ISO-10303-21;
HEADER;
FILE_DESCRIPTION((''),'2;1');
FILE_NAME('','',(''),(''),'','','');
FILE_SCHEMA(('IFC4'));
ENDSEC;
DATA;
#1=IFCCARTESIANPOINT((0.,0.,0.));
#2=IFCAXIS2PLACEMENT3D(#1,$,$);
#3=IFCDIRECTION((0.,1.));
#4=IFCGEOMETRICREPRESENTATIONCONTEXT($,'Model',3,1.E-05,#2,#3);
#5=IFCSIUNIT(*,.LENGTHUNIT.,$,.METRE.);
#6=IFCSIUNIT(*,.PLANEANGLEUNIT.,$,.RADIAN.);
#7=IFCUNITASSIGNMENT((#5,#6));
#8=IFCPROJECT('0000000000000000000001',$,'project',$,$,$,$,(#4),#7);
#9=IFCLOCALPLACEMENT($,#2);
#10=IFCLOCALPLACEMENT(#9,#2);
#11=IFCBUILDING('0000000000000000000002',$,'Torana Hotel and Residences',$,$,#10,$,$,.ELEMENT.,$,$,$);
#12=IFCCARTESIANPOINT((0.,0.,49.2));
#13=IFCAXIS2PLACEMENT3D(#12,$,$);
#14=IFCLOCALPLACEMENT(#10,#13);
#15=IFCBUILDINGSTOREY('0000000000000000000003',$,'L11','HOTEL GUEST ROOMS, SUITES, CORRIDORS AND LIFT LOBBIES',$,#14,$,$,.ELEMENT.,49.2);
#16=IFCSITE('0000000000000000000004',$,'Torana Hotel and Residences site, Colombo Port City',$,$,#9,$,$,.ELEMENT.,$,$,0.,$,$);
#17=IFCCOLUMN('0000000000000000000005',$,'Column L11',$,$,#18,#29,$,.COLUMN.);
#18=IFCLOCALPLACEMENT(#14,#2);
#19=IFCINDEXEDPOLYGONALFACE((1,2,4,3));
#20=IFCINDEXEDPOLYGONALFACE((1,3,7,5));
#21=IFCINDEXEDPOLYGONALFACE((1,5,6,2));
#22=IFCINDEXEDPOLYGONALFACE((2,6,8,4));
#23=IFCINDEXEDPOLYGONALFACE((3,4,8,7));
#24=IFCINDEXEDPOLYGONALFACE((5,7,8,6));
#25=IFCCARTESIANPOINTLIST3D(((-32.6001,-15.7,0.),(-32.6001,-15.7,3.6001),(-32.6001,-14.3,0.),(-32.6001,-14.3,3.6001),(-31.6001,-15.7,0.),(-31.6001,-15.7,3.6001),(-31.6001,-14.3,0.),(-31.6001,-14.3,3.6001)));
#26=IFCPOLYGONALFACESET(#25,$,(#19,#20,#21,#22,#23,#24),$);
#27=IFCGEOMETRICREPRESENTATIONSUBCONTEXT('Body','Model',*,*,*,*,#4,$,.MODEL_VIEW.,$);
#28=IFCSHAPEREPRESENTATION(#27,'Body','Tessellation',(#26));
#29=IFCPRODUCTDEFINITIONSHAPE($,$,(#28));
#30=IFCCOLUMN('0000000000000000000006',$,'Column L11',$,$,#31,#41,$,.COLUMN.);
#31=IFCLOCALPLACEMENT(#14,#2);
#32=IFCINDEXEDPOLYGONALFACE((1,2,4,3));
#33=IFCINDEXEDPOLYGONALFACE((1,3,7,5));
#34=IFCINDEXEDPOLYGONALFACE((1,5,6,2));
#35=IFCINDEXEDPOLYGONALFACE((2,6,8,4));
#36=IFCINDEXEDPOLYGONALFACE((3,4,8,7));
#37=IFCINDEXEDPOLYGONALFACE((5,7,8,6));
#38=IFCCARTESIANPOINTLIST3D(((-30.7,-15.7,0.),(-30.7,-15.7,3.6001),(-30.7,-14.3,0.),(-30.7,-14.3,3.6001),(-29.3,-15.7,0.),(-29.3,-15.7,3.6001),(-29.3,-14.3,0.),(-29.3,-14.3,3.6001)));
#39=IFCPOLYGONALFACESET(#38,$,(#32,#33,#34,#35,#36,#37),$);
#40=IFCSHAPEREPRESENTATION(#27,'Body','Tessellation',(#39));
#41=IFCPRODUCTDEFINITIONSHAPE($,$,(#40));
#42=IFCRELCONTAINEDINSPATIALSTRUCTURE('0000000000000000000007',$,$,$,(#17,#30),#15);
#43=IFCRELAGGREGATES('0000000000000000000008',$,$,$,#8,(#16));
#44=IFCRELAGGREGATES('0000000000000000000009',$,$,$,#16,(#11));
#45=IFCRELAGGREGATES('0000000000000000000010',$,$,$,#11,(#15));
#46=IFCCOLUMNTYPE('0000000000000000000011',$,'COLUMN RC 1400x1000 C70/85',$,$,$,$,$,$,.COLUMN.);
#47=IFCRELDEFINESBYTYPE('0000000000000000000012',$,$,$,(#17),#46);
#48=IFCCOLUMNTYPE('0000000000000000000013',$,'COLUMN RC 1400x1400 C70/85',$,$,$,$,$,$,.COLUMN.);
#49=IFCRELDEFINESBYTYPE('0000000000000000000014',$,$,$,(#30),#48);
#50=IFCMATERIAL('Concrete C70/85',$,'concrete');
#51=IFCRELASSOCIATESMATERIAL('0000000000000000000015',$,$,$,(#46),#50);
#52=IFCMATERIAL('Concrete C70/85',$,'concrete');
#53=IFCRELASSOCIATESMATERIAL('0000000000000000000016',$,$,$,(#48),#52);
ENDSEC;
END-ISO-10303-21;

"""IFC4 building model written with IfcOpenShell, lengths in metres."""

from ifc_helpers import new_model, si_unit, direction, frame, origin, origin_2d, place, context, subcontext, project, spatial, rectangle, extrude, material, material_profile, profile_set, type_object, element, save


model = new_model("IFC4")

# Units and contexts
model_context = context("Model", 3, precision=1e-05, world=origin(), true_north=direction((0.0, 1.0)))
body_context = subcontext(model_context, "Body", "Model", "MODEL_VIEW")
ifc_project = project(units=[si_unit("LENGTHUNIT", "METRE"), si_unit("PLANEANGLEUNIT", "RADIAN")], contexts=[model_context])

# Site, building, storey
site_placement = place(None, origin())
site = spatial("IfcSite", under=ifc_project, at=site_placement, Name="Torana Hotel and Residences site, Colombo Port City", CompositionType="ELEMENT", RefElevation=0.0)
building_placement = place(site_placement, origin())
building = spatial("IfcBuilding", under=site, at=building_placement, Name="Torana Hotel and Residences", CompositionType="ELEMENT")
storey_placement = place(building_placement, frame((0.0, 0.0, 49.2)))
storey = spatial("IfcBuildingStorey", under=building, at=storey_placement, Name="L11", Description="HOTEL GUEST ROOMS, SUITES, CORRIDORS AND LIFT LOBBIES", CompositionType="ELEMENT", Elevation=49.2)

# Columns
ifc_material_1 = material(Name="Concrete C70/85", Category="concrete")
ifc_material_profile_1 = material_profile(ifc_material_1, rectangle(XDim=1.3999, YDim=1.0, at=origin_2d()), Name="RC 1400x1000")
ifc_profile_set_1 = profile_set([ifc_material_profile_1], Name="Concrete C70/85")
column_type_1 = type_object("IfcColumnType", Name="COLUMN RC 1400x1000 C70/85", PredefinedType="COLUMN", material=ifc_profile_set_1)
column_1_placement = place(storey_placement, frame((-32.1001, -15.0, 0.0), z_axis=(0.0, 0.0, 1.0), x_axis=(0.0, 1.0, 0.0)))
element("IfcColumn", 1, at=column_1_placement, inside=storey, type_object=column_type_1, Name="Column L11", PredefinedType="COLUMN", context=body_context, shape_type="SweptSolid", body=[
    extrude(rectangle(XDim=1.3999, YDim=1.0, at=origin_2d()), origin(), (0.0, 0.0, 1.0), 3.6001),
])
ifc_material_2 = material(Name="Concrete C70/85", Category="concrete")
ifc_material_profile_2 = material_profile(ifc_material_2, rectangle(XDim=1.3999, YDim=1.3999, at=origin_2d()), Name="RC 1400x1400")
ifc_profile_set_2 = profile_set([ifc_material_profile_2], Name="Concrete C70/85")
column_type_2 = type_object("IfcColumnType", Name="COLUMN RC 1400x1400 C70/85", PredefinedType="COLUMN", material=ifc_profile_set_2)
column_2_placement = place(storey_placement, frame((-30.0, -15.0, 0.0), z_axis=(0.0, 0.0, 1.0), x_axis=(1.0, 0.0, 0.0)))
element("IfcColumn", 2, at=column_2_placement, inside=storey, type_object=column_type_2, Name="Column L11", PredefinedType="COLUMN", context=body_context, shape_type="SweptSolid", body=[
    extrude(rectangle(XDim=1.3999, YDim=1.3999, at=origin_2d()), origin(), (0.0, 0.0, 1.0), 3.6001),
])

save(model, "model.ifc")
